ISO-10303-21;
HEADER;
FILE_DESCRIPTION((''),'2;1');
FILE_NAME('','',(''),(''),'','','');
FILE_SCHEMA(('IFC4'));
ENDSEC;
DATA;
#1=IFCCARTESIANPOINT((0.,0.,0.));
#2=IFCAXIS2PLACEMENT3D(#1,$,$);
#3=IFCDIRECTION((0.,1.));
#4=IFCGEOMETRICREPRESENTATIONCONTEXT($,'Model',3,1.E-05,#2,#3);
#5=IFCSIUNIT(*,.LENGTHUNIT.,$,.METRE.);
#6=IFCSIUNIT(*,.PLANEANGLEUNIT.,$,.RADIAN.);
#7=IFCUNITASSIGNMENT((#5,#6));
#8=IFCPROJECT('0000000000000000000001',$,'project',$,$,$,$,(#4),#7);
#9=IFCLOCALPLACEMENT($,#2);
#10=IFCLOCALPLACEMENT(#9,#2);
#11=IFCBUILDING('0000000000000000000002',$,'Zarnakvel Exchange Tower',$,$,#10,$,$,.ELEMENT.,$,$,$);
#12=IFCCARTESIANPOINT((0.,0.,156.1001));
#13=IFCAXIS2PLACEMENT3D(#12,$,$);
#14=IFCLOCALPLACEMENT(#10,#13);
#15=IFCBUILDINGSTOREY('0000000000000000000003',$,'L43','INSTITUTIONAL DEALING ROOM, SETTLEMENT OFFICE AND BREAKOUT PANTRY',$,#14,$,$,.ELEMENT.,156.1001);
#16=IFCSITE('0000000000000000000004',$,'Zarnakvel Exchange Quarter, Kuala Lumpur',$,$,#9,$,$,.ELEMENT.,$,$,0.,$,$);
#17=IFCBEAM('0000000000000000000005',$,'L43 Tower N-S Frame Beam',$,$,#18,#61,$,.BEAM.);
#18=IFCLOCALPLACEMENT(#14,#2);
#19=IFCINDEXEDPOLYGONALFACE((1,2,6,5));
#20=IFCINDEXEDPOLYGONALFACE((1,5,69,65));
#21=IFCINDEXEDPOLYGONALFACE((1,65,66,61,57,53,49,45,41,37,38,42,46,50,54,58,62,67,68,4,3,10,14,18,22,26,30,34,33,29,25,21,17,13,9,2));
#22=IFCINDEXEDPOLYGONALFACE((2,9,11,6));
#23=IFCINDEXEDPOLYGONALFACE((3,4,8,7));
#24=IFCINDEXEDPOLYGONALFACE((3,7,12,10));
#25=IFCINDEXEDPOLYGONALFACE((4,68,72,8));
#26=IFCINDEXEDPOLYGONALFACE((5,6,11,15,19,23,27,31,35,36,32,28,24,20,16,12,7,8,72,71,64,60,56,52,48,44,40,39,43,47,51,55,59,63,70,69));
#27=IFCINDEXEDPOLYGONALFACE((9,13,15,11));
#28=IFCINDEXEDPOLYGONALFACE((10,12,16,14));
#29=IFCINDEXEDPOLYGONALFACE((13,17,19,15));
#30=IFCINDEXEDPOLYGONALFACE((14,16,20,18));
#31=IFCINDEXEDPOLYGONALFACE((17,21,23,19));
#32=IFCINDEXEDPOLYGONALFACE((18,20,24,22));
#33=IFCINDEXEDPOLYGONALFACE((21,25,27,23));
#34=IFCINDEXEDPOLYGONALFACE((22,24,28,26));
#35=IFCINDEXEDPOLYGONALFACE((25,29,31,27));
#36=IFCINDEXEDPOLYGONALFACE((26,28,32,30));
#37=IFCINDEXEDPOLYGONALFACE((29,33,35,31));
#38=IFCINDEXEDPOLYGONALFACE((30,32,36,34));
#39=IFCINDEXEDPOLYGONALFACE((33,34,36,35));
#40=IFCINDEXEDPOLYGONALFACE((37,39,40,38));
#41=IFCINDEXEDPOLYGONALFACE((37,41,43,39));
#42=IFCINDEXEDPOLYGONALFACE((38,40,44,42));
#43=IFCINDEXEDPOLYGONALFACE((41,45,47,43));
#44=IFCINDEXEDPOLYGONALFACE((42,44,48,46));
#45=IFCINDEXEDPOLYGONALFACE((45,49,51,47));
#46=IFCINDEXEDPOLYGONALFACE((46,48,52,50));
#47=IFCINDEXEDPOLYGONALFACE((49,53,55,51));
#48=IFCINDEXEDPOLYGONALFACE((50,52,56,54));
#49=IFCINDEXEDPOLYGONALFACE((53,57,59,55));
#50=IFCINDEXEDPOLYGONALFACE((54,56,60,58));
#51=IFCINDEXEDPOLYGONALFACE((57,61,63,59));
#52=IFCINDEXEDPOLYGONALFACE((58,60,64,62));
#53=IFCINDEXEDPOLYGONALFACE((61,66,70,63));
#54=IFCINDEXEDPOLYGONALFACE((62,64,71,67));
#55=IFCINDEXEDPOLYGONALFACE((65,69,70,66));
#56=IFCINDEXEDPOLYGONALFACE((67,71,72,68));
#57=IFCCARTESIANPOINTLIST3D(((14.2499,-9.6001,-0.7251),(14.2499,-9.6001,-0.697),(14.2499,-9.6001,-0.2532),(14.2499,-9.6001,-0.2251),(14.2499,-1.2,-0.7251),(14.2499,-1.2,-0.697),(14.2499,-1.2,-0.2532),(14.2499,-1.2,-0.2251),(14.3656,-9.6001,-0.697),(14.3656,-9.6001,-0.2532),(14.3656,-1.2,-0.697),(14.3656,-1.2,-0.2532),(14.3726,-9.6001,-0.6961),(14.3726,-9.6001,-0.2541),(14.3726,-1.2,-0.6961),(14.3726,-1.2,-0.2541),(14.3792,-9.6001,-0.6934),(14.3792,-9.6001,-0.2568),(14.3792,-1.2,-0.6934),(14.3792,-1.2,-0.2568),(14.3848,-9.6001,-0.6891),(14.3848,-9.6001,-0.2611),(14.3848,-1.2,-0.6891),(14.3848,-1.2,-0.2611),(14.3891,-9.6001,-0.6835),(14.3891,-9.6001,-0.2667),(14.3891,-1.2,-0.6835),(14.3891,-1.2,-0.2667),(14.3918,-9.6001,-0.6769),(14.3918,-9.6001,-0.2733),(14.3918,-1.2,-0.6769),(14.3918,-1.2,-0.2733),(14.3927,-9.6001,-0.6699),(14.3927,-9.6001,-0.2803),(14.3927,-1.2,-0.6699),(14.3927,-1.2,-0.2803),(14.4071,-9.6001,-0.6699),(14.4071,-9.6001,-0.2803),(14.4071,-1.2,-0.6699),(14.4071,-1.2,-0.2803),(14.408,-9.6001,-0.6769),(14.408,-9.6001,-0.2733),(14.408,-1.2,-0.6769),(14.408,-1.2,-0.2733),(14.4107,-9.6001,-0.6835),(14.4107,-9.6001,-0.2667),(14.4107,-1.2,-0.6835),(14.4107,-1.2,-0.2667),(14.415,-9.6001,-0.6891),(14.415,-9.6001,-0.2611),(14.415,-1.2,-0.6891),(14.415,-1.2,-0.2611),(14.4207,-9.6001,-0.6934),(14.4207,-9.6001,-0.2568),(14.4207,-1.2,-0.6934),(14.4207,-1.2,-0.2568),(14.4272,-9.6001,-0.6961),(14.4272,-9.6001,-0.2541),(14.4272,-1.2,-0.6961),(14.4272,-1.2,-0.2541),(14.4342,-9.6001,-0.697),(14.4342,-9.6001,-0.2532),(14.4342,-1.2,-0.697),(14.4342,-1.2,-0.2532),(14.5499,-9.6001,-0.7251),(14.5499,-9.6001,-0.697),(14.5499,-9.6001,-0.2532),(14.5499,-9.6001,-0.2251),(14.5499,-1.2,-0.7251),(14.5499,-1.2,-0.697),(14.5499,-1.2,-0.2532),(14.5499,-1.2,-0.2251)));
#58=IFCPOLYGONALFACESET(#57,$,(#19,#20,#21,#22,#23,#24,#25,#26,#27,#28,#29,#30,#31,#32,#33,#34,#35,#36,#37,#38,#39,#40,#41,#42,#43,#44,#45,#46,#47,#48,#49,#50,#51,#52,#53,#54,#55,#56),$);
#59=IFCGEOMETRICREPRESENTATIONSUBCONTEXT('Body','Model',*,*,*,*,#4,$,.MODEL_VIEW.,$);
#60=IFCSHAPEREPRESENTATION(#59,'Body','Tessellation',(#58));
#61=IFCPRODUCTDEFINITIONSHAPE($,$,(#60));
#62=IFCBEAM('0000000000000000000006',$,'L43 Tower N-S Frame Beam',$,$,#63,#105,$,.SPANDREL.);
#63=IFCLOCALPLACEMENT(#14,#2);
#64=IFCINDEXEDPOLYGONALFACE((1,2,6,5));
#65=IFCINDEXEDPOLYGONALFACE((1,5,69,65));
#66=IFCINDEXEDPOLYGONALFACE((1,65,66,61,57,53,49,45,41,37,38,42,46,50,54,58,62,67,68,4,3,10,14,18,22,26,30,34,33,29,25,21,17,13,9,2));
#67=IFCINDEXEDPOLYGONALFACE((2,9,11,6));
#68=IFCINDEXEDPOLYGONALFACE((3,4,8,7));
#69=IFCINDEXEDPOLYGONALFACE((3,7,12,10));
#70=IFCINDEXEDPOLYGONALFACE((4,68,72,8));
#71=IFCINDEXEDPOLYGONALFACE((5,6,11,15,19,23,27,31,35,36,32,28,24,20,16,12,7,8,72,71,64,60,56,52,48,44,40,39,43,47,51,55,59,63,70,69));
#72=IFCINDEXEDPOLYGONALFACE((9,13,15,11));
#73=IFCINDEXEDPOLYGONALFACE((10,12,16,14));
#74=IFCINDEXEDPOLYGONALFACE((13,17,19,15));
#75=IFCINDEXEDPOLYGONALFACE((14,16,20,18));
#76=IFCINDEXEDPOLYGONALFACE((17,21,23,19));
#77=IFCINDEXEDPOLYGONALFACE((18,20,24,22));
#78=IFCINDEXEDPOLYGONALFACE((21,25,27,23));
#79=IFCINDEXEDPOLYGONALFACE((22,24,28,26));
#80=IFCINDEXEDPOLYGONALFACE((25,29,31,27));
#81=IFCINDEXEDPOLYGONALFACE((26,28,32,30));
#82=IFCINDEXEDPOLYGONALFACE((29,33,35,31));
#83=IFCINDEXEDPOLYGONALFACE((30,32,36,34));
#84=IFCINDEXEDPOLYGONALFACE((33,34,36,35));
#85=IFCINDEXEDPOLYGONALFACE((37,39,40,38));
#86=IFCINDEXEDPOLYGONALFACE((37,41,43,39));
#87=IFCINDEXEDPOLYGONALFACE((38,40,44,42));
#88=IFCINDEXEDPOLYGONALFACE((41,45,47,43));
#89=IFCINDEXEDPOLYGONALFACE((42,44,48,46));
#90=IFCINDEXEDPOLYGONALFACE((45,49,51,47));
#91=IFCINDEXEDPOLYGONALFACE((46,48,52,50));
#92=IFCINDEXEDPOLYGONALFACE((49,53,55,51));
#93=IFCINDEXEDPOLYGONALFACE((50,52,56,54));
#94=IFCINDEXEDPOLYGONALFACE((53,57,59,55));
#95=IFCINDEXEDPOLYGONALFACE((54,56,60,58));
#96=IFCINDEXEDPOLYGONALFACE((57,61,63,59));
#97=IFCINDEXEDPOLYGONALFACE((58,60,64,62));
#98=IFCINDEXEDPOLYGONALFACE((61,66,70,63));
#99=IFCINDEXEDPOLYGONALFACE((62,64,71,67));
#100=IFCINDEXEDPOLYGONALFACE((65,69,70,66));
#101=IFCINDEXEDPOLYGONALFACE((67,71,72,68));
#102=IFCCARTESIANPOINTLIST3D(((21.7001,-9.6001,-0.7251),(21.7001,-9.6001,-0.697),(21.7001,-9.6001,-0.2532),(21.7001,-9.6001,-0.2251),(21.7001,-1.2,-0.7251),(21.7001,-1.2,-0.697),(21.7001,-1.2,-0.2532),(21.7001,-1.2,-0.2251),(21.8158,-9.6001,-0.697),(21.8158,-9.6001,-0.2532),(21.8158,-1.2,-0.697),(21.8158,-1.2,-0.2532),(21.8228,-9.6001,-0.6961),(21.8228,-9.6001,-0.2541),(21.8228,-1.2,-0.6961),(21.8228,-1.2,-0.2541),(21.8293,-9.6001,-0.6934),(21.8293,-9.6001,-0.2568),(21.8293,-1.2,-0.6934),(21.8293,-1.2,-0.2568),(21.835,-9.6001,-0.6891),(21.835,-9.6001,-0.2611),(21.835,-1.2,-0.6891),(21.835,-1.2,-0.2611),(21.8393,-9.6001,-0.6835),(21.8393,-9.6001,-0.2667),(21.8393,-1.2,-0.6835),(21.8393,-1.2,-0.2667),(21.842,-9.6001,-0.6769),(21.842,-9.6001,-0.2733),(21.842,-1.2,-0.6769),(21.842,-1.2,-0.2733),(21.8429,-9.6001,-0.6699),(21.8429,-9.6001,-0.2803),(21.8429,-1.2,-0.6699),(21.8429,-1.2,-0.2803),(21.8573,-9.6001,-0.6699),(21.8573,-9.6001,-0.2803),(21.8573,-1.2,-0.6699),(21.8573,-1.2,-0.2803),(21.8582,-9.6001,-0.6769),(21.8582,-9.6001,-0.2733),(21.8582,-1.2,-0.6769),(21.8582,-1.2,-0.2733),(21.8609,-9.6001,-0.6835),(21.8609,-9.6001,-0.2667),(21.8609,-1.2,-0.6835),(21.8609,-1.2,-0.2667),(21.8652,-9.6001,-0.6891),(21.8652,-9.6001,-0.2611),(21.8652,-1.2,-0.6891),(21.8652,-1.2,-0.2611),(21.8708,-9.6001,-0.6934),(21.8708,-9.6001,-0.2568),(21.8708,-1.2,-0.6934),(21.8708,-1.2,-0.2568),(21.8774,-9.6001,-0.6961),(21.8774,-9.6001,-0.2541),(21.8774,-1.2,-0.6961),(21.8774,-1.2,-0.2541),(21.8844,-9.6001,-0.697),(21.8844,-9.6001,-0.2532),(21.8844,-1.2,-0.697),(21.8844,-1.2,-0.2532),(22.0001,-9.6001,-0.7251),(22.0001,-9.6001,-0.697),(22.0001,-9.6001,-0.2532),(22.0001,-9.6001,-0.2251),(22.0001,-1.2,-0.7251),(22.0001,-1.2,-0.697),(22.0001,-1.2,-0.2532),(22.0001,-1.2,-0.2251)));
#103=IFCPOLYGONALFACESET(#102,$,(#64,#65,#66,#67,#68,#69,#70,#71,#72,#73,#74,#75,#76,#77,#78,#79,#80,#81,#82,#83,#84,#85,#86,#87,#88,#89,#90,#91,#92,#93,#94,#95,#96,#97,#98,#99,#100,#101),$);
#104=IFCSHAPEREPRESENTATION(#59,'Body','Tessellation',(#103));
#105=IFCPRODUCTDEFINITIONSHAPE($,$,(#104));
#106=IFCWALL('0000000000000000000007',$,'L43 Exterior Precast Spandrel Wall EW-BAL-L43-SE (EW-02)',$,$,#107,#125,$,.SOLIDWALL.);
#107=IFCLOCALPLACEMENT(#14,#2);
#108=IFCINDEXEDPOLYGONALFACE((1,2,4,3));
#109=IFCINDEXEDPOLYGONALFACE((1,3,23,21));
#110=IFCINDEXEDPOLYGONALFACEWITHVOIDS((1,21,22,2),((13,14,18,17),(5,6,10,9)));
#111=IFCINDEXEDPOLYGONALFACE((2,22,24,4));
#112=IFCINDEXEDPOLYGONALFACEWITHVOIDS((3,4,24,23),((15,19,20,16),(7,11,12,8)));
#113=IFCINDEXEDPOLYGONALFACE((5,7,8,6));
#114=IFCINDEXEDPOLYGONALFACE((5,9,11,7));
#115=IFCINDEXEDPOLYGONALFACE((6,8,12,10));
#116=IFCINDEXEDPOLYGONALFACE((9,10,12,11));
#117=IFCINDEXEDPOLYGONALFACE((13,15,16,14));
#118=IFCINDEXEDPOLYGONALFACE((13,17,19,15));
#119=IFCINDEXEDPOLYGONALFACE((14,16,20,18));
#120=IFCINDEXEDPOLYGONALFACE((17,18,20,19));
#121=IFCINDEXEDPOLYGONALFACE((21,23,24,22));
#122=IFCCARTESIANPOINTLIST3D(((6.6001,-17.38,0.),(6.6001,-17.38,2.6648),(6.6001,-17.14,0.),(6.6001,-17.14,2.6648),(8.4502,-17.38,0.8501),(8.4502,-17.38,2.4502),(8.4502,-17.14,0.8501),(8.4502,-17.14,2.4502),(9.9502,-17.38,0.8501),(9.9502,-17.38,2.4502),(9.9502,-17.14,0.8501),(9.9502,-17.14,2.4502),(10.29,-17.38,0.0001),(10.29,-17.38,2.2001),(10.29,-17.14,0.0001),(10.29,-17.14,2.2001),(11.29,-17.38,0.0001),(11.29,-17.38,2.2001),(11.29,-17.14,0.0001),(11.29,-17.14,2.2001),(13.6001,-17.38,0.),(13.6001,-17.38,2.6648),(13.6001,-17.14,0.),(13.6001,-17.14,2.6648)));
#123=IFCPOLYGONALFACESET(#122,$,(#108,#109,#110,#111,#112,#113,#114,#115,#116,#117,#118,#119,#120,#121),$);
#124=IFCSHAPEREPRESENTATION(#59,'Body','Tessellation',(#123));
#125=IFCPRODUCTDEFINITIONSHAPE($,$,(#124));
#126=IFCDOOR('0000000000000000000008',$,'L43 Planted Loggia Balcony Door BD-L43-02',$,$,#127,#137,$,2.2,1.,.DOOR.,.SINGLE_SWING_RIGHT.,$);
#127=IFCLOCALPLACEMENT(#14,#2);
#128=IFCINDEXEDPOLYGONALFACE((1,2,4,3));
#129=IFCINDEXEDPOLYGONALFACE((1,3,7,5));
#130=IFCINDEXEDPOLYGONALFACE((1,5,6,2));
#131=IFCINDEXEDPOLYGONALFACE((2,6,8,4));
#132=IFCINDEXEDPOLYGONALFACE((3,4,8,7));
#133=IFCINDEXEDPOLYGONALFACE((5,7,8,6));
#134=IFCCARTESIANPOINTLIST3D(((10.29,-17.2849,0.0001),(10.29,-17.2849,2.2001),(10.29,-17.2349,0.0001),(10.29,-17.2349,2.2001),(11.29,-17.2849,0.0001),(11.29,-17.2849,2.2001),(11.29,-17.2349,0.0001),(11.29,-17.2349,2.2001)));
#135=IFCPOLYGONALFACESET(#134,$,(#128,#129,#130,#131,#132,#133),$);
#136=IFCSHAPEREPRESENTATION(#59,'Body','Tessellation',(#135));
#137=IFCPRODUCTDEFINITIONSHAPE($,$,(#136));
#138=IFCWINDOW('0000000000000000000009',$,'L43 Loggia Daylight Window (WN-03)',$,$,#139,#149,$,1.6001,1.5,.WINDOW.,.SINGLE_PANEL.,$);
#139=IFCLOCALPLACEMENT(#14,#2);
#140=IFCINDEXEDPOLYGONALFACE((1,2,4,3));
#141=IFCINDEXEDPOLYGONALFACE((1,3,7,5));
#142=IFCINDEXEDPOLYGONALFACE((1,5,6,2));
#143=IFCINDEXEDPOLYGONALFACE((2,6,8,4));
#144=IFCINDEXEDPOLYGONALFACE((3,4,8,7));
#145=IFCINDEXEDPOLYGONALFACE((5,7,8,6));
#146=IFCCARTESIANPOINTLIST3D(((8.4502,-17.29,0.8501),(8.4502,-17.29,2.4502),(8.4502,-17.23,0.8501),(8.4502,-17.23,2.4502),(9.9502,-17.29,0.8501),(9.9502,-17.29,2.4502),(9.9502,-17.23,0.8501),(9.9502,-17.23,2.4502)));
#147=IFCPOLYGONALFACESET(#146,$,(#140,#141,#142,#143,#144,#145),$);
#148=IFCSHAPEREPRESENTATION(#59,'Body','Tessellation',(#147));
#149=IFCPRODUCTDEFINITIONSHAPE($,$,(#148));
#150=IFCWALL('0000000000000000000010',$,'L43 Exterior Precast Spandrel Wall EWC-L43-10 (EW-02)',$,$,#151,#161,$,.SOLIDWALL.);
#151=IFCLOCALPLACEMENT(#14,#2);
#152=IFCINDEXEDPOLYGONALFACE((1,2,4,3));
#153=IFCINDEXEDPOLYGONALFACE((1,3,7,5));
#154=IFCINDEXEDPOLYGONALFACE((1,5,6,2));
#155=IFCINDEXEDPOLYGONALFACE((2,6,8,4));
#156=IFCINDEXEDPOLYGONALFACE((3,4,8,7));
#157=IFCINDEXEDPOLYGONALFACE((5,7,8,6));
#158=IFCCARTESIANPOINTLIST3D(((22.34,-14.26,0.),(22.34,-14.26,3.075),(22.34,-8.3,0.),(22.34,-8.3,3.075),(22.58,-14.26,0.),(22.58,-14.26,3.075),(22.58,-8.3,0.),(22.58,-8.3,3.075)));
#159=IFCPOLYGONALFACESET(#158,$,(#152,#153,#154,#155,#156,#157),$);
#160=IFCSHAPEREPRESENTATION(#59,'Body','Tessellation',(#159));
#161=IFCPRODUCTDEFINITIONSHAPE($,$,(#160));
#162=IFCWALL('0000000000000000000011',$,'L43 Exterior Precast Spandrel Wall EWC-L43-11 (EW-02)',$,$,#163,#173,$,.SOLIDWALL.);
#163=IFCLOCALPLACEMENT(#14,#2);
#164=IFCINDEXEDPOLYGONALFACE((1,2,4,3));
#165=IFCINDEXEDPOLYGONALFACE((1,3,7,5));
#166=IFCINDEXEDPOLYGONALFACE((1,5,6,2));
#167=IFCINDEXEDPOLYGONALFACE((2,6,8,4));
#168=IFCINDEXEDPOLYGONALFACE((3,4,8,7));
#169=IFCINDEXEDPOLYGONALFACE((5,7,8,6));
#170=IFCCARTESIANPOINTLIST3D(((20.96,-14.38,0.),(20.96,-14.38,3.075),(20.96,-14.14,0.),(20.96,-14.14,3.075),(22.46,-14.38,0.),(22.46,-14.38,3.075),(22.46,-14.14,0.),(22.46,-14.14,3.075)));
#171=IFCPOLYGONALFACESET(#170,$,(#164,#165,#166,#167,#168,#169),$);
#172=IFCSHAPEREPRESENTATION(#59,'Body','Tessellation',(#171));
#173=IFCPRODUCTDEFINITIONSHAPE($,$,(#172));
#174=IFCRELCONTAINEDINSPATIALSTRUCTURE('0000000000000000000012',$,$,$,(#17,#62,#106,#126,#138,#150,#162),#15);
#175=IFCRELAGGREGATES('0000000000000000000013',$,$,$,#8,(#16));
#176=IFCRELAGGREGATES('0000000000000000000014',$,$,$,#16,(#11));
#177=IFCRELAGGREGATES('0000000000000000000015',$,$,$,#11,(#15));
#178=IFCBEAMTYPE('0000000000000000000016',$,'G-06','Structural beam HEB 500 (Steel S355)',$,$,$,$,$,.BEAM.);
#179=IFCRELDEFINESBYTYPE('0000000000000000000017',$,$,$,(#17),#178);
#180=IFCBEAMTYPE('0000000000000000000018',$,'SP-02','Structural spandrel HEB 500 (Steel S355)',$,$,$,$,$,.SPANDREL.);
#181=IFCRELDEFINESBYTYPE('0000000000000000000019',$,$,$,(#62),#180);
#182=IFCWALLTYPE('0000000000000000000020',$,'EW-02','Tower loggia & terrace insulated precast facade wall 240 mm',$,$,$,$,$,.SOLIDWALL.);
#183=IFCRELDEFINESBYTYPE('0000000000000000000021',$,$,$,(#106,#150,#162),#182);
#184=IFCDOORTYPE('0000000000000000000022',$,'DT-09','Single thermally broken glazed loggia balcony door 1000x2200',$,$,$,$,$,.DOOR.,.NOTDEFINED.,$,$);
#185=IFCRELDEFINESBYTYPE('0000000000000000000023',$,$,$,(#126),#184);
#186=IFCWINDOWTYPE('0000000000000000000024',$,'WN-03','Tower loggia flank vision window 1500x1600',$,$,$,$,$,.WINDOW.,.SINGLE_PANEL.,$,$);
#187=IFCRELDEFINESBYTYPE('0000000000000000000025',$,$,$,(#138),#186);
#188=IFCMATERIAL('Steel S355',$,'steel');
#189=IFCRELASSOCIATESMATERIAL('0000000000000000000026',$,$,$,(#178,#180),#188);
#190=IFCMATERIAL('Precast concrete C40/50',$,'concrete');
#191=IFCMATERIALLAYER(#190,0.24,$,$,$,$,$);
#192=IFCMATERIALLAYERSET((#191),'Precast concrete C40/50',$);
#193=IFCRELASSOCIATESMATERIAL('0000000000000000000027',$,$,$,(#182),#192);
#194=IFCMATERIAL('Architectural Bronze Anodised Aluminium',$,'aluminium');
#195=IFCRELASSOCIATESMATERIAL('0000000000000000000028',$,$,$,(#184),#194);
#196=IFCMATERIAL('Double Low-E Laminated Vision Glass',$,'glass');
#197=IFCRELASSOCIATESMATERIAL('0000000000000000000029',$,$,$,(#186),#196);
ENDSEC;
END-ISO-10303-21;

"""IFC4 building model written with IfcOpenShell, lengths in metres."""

from ifc_helpers import new_model, si_unit, direction, frame, frame_2d, origin, origin_2d, place, context, subcontext, project, spatial, rectangle, i_section, extrude, source, transform, mapped, material, layer, layer_set, material_profile, profile_set, type_object, element, fill, save


model = new_model("IFC4")

# Units and contexts
model_context = context("Model", 3, precision=1e-05, world=origin(), true_north=direction((0.0, 1.0)))
body_context = subcontext(model_context, "Body", "Model", "MODEL_VIEW")
ifc_project = project(units=[si_unit("LENGTHUNIT", "METRE"), si_unit("PLANEANGLEUNIT", "RADIAN")], contexts=[model_context])

# Site, building, storey
site_placement = place(None, origin())
site = spatial("IfcSite", under=ifc_project, at=site_placement, Name="Zarnakvel Exchange Quarter, Kuala Lumpur", CompositionType="ELEMENT", RefElevation=0.0)
building_placement = place(site_placement, origin())
building = spatial("IfcBuilding", under=site, at=building_placement, Name="Zarnakvel Exchange Tower", CompositionType="ELEMENT")
storey_placement = place(building_placement, frame((0.0, 0.0, 156.1001)))
storey = spatial("IfcBuildingStorey", under=building, at=storey_placement, Name="L43", Description="INSTITUTIONAL DEALING ROOM, SETTLEMENT OFFICE AND BREAKOUT PANTRY", CompositionType="ELEMENT", Elevation=156.1001)

# Shared definitions
ifc_material_1 = material(Name="Steel S355", Category="steel")

# Beams
ifc_material_profile_1 = material_profile(ifc_material_1, i_section(OverallWidth=0.3, OverallDepth=0.5, WebThickness=0.0144, FlangeThickness=0.0281, FilletRadius=0.0271, at=origin_2d()))
ifc_profile_set_1 = profile_set([ifc_material_profile_1], Name="Steel S355")
beam_type_1 = type_object("IfcBeamType", Name="G-06", Description="Structural beam HEB 500 (Steel S355)", PredefinedType="BEAM", material=ifc_profile_set_1)
beam_1_placement = place(storey_placement, frame((14.3999, -9.6001, -0.4751), z_axis=(0.0, 1.0, 0.0), x_axis=(-1.0, 0.0, 0.0)))
element("IfcBeam", 1, at=beam_1_placement, inside=storey, type_object=beam_type_1, Name="L43 Tower N-S Frame Beam", PredefinedType="BEAM", context=body_context, shape_type="SweptSolid", body=[
    extrude(i_section(OverallWidth=0.3, OverallDepth=0.5, WebThickness=0.0144, FlangeThickness=0.0281, FilletRadius=0.0271, at=origin_2d()), origin(), (0.0, 0.0, 1.0), 8.4001),
])
ifc_material_profile_2 = material_profile(ifc_material_1, i_section(OverallWidth=0.3, OverallDepth=0.5, WebThickness=0.0144, FlangeThickness=0.0281, FilletRadius=0.0271, at=origin_2d()))
ifc_profile_set_2 = profile_set([ifc_material_profile_2], Name="Steel S355")
beam_type_2 = type_object("IfcBeamType", Name="SP-02", Description="Structural spandrel HEB 500 (Steel S355)", PredefinedType="SPANDREL", material=ifc_profile_set_2)
beam_2_placement = place(storey_placement, frame((21.8501, -9.6001, -0.4751), z_axis=(0.0, 1.0, 0.0), x_axis=(-1.0, 0.0, 0.0)))
element("IfcBeam", 2, at=beam_2_placement, inside=storey, type_object=beam_type_2, Name="L43 Tower N-S Frame Beam", PredefinedType="SPANDREL", context=body_context, shape_type="SweptSolid", body=[
    extrude(i_section(OverallWidth=0.3, OverallDepth=0.5, WebThickness=0.0144, FlangeThickness=0.0281, FilletRadius=0.0271, at=origin_2d()), origin(), (0.0, 0.0, 1.0), 8.4001),
])

# Wall, openings, door, window
ifc_material_2 = material(Name="Precast concrete C40/50", Category="concrete")
ifc_layer_1 = layer(ifc_material_2, 0.24)
ifc_layer_set_1 = layer_set([ifc_layer_1], Name="Precast concrete C40/50")
wall_type_1 = type_object("IfcWallType", Name="EW-02", Description="Tower loggia & terrace insulated precast facade wall 240 mm", PredefinedType="SOLIDWALL", material=ifc_layer_set_1)
wall_1_placement = place(storey_placement, frame((13.6001, -17.26, 0.0), z_axis=(0.0, 0.0, 1.0), x_axis=(-1.0, 0.0, 0.0)))
wall_1 = element("IfcWall", 3, at=wall_1_placement, inside=storey, type_object=wall_type_1, Name="L43 Exterior Precast Spandrel Wall EW-BAL-L43-SE (EW-02)", PredefinedType="SOLIDWALL", context=body_context, shape_type="SweptSolid", body=[
    extrude(rectangle(XDim=7.0, YDim=0.24, at=frame_2d((3.5, 0.0))), origin(), (0.0, 0.0, 1.0), 2.6648),
])
opening_1_placement = place(wall_1_placement, frame((2.3101, 0.0, 0.0)))
opening_1 = element("IfcOpeningElement", 4, at=opening_1_placement, cuts=wall_1, PredefinedType="OPENING", context=body_context, shape_type="SweptSolid", body=[
    extrude(rectangle(XDim=1.0, YDim=2.2, at=frame_2d((0.5, 1.1001))), frame((0.0, 0.1299, 0.0), z_axis=(0.0, -1.0, 0.0), x_axis=(1.0, 0.0, 0.0)), (0.0, 0.0, 1.0), 0.26),
])
opening_2_placement = place(wall_1_placement, frame((3.6499, 0.0, 0.8501)))
opening_2 = element("IfcOpeningElement", 5, at=opening_2_placement, cuts=wall_1, PredefinedType="OPENING", context=body_context, shape_type="SweptSolid", body=[
    extrude(rectangle(XDim=1.5, YDim=1.6001, at=frame_2d((0.75, 0.8))), frame((0.0, 0.1299, 0.0), z_axis=(0.0, -1.0, 0.0), x_axis=(1.0, 0.0, 0.0)), (0.0, 0.0, 1.0), 0.26),
])
ifc_material_3 = material(Name="Architectural Bronze Anodised Aluminium", Category="aluminium")
door_type = type_object("IfcDoorType", Name="DT-09", Description="Single thermally broken glazed loggia balcony door 1000x2200", OperationType="NOTDEFINED", PredefinedType="DOOR", material=ifc_material_3)
shared_shape_1 = source(origin(), body_context, "Body", "SweptSolid", [
    extrude(rectangle(XDim=1.0, YDim=2.2, at=frame_2d((0.5, 1.1001))), frame((0.0, 0.0249, 0.0), z_axis=(0.0, -1.0, 0.0), x_axis=(1.0, 0.0, 0.0)), (0.0, 0.0, 1.0), 0.05),
])
door_placement = place(opening_1_placement, origin())
door = element("IfcDoor", 6, at=door_placement, inside=storey, type_object=door_type, Name="L43 Planted Loggia Balcony Door BD-L43-02", OperationType="SINGLE_SWING_RIGHT", OverallHeight=2.2, OverallWidth=1.0, PredefinedType="DOOR", context=body_context, shape_type="MappedRepresentation", body=[
    mapped(shared_shape_1, transform((0.0, 0.0, 0.0), x_axis=(1.0, 0.0, 0.0), y_axis=(0.0, 1.0, 0.0), z_axis=(0.0, 0.0, 1.0), scale=1.0)),
])
fill(opening_1, door)
ifc_material_4 = material(Name="Double Low-E Laminated Vision Glass", Category="glass")
window_type = type_object("IfcWindowType", Name="WN-03", Description="Tower loggia flank vision window 1500x1600", PartitioningType="SINGLE_PANEL", PredefinedType="WINDOW", material=ifc_material_4)
shared_shape_2 = source(origin(), body_context, "Body", "SweptSolid", [
    extrude(rectangle(XDim=1.5, YDim=1.6001, at=frame_2d((0.75, 0.8))), frame((0.0, 0.03, 0.0), z_axis=(0.0, -1.0, 0.0), x_axis=(1.0, 0.0, 0.0)), (0.0, 0.0, 1.0), 0.0601),
])
window_placement = place(opening_2_placement, origin())
window = element("IfcWindow", 7, at=window_placement, inside=storey, type_object=window_type, Name="L43 Loggia Daylight Window (WN-03)", OverallHeight=1.6001, OverallWidth=1.5, PartitioningType="SINGLE_PANEL", PredefinedType="WINDOW", context=body_context, shape_type="MappedRepresentation", body=[
    mapped(shared_shape_2, transform((0.0, 0.0, 0.0), x_axis=(1.0, 0.0, 0.0), y_axis=(0.0, 1.0, 0.0), z_axis=(0.0, 0.0, 1.0), scale=1.0)),
])
fill(opening_2, window)

# Walls
wall_2_placement = place(storey_placement, frame((22.46, -14.26, 0.0), z_axis=(0.0, 0.0, 1.0), x_axis=(0.0, 1.0, 0.0)))
element("IfcWall", 8, at=wall_2_placement, inside=storey, type_object=wall_type_1, Name="L43 Exterior Precast Spandrel Wall EWC-L43-10 (EW-02)", PredefinedType="SOLIDWALL", context=body_context, shape_type="SweptSolid", body=[
    extrude(rectangle(XDim=5.96, YDim=0.24, at=frame_2d((2.98, 0.0))), origin(), (0.0, 0.0, 1.0), 3.075),
])
for number, where, z_axis, x_axis, name in (
    (9, (20.96, -14.26, 0.0), (0.0, 0.0, 1.0), (1.0, 0.0, 0.0), "L43 Exterior Precast Spandrel Wall EWC-L43-11 (EW-02)"),
):
    element("IfcWall", number, at=place(storey_placement, frame(where, z_axis=z_axis, x_axis=x_axis)), inside=storey, type_object=wall_type_1, Name=name, PredefinedType="SOLIDWALL", context=body_context, shape_type="SweptSolid", body=[
        extrude(rectangle(XDim=1.5, YDim=0.24, at=frame_2d((0.75, 0.0))), origin(), (0.0, 0.0, 1.0), 3.075),
    ])

save(model, "model.ifc")
